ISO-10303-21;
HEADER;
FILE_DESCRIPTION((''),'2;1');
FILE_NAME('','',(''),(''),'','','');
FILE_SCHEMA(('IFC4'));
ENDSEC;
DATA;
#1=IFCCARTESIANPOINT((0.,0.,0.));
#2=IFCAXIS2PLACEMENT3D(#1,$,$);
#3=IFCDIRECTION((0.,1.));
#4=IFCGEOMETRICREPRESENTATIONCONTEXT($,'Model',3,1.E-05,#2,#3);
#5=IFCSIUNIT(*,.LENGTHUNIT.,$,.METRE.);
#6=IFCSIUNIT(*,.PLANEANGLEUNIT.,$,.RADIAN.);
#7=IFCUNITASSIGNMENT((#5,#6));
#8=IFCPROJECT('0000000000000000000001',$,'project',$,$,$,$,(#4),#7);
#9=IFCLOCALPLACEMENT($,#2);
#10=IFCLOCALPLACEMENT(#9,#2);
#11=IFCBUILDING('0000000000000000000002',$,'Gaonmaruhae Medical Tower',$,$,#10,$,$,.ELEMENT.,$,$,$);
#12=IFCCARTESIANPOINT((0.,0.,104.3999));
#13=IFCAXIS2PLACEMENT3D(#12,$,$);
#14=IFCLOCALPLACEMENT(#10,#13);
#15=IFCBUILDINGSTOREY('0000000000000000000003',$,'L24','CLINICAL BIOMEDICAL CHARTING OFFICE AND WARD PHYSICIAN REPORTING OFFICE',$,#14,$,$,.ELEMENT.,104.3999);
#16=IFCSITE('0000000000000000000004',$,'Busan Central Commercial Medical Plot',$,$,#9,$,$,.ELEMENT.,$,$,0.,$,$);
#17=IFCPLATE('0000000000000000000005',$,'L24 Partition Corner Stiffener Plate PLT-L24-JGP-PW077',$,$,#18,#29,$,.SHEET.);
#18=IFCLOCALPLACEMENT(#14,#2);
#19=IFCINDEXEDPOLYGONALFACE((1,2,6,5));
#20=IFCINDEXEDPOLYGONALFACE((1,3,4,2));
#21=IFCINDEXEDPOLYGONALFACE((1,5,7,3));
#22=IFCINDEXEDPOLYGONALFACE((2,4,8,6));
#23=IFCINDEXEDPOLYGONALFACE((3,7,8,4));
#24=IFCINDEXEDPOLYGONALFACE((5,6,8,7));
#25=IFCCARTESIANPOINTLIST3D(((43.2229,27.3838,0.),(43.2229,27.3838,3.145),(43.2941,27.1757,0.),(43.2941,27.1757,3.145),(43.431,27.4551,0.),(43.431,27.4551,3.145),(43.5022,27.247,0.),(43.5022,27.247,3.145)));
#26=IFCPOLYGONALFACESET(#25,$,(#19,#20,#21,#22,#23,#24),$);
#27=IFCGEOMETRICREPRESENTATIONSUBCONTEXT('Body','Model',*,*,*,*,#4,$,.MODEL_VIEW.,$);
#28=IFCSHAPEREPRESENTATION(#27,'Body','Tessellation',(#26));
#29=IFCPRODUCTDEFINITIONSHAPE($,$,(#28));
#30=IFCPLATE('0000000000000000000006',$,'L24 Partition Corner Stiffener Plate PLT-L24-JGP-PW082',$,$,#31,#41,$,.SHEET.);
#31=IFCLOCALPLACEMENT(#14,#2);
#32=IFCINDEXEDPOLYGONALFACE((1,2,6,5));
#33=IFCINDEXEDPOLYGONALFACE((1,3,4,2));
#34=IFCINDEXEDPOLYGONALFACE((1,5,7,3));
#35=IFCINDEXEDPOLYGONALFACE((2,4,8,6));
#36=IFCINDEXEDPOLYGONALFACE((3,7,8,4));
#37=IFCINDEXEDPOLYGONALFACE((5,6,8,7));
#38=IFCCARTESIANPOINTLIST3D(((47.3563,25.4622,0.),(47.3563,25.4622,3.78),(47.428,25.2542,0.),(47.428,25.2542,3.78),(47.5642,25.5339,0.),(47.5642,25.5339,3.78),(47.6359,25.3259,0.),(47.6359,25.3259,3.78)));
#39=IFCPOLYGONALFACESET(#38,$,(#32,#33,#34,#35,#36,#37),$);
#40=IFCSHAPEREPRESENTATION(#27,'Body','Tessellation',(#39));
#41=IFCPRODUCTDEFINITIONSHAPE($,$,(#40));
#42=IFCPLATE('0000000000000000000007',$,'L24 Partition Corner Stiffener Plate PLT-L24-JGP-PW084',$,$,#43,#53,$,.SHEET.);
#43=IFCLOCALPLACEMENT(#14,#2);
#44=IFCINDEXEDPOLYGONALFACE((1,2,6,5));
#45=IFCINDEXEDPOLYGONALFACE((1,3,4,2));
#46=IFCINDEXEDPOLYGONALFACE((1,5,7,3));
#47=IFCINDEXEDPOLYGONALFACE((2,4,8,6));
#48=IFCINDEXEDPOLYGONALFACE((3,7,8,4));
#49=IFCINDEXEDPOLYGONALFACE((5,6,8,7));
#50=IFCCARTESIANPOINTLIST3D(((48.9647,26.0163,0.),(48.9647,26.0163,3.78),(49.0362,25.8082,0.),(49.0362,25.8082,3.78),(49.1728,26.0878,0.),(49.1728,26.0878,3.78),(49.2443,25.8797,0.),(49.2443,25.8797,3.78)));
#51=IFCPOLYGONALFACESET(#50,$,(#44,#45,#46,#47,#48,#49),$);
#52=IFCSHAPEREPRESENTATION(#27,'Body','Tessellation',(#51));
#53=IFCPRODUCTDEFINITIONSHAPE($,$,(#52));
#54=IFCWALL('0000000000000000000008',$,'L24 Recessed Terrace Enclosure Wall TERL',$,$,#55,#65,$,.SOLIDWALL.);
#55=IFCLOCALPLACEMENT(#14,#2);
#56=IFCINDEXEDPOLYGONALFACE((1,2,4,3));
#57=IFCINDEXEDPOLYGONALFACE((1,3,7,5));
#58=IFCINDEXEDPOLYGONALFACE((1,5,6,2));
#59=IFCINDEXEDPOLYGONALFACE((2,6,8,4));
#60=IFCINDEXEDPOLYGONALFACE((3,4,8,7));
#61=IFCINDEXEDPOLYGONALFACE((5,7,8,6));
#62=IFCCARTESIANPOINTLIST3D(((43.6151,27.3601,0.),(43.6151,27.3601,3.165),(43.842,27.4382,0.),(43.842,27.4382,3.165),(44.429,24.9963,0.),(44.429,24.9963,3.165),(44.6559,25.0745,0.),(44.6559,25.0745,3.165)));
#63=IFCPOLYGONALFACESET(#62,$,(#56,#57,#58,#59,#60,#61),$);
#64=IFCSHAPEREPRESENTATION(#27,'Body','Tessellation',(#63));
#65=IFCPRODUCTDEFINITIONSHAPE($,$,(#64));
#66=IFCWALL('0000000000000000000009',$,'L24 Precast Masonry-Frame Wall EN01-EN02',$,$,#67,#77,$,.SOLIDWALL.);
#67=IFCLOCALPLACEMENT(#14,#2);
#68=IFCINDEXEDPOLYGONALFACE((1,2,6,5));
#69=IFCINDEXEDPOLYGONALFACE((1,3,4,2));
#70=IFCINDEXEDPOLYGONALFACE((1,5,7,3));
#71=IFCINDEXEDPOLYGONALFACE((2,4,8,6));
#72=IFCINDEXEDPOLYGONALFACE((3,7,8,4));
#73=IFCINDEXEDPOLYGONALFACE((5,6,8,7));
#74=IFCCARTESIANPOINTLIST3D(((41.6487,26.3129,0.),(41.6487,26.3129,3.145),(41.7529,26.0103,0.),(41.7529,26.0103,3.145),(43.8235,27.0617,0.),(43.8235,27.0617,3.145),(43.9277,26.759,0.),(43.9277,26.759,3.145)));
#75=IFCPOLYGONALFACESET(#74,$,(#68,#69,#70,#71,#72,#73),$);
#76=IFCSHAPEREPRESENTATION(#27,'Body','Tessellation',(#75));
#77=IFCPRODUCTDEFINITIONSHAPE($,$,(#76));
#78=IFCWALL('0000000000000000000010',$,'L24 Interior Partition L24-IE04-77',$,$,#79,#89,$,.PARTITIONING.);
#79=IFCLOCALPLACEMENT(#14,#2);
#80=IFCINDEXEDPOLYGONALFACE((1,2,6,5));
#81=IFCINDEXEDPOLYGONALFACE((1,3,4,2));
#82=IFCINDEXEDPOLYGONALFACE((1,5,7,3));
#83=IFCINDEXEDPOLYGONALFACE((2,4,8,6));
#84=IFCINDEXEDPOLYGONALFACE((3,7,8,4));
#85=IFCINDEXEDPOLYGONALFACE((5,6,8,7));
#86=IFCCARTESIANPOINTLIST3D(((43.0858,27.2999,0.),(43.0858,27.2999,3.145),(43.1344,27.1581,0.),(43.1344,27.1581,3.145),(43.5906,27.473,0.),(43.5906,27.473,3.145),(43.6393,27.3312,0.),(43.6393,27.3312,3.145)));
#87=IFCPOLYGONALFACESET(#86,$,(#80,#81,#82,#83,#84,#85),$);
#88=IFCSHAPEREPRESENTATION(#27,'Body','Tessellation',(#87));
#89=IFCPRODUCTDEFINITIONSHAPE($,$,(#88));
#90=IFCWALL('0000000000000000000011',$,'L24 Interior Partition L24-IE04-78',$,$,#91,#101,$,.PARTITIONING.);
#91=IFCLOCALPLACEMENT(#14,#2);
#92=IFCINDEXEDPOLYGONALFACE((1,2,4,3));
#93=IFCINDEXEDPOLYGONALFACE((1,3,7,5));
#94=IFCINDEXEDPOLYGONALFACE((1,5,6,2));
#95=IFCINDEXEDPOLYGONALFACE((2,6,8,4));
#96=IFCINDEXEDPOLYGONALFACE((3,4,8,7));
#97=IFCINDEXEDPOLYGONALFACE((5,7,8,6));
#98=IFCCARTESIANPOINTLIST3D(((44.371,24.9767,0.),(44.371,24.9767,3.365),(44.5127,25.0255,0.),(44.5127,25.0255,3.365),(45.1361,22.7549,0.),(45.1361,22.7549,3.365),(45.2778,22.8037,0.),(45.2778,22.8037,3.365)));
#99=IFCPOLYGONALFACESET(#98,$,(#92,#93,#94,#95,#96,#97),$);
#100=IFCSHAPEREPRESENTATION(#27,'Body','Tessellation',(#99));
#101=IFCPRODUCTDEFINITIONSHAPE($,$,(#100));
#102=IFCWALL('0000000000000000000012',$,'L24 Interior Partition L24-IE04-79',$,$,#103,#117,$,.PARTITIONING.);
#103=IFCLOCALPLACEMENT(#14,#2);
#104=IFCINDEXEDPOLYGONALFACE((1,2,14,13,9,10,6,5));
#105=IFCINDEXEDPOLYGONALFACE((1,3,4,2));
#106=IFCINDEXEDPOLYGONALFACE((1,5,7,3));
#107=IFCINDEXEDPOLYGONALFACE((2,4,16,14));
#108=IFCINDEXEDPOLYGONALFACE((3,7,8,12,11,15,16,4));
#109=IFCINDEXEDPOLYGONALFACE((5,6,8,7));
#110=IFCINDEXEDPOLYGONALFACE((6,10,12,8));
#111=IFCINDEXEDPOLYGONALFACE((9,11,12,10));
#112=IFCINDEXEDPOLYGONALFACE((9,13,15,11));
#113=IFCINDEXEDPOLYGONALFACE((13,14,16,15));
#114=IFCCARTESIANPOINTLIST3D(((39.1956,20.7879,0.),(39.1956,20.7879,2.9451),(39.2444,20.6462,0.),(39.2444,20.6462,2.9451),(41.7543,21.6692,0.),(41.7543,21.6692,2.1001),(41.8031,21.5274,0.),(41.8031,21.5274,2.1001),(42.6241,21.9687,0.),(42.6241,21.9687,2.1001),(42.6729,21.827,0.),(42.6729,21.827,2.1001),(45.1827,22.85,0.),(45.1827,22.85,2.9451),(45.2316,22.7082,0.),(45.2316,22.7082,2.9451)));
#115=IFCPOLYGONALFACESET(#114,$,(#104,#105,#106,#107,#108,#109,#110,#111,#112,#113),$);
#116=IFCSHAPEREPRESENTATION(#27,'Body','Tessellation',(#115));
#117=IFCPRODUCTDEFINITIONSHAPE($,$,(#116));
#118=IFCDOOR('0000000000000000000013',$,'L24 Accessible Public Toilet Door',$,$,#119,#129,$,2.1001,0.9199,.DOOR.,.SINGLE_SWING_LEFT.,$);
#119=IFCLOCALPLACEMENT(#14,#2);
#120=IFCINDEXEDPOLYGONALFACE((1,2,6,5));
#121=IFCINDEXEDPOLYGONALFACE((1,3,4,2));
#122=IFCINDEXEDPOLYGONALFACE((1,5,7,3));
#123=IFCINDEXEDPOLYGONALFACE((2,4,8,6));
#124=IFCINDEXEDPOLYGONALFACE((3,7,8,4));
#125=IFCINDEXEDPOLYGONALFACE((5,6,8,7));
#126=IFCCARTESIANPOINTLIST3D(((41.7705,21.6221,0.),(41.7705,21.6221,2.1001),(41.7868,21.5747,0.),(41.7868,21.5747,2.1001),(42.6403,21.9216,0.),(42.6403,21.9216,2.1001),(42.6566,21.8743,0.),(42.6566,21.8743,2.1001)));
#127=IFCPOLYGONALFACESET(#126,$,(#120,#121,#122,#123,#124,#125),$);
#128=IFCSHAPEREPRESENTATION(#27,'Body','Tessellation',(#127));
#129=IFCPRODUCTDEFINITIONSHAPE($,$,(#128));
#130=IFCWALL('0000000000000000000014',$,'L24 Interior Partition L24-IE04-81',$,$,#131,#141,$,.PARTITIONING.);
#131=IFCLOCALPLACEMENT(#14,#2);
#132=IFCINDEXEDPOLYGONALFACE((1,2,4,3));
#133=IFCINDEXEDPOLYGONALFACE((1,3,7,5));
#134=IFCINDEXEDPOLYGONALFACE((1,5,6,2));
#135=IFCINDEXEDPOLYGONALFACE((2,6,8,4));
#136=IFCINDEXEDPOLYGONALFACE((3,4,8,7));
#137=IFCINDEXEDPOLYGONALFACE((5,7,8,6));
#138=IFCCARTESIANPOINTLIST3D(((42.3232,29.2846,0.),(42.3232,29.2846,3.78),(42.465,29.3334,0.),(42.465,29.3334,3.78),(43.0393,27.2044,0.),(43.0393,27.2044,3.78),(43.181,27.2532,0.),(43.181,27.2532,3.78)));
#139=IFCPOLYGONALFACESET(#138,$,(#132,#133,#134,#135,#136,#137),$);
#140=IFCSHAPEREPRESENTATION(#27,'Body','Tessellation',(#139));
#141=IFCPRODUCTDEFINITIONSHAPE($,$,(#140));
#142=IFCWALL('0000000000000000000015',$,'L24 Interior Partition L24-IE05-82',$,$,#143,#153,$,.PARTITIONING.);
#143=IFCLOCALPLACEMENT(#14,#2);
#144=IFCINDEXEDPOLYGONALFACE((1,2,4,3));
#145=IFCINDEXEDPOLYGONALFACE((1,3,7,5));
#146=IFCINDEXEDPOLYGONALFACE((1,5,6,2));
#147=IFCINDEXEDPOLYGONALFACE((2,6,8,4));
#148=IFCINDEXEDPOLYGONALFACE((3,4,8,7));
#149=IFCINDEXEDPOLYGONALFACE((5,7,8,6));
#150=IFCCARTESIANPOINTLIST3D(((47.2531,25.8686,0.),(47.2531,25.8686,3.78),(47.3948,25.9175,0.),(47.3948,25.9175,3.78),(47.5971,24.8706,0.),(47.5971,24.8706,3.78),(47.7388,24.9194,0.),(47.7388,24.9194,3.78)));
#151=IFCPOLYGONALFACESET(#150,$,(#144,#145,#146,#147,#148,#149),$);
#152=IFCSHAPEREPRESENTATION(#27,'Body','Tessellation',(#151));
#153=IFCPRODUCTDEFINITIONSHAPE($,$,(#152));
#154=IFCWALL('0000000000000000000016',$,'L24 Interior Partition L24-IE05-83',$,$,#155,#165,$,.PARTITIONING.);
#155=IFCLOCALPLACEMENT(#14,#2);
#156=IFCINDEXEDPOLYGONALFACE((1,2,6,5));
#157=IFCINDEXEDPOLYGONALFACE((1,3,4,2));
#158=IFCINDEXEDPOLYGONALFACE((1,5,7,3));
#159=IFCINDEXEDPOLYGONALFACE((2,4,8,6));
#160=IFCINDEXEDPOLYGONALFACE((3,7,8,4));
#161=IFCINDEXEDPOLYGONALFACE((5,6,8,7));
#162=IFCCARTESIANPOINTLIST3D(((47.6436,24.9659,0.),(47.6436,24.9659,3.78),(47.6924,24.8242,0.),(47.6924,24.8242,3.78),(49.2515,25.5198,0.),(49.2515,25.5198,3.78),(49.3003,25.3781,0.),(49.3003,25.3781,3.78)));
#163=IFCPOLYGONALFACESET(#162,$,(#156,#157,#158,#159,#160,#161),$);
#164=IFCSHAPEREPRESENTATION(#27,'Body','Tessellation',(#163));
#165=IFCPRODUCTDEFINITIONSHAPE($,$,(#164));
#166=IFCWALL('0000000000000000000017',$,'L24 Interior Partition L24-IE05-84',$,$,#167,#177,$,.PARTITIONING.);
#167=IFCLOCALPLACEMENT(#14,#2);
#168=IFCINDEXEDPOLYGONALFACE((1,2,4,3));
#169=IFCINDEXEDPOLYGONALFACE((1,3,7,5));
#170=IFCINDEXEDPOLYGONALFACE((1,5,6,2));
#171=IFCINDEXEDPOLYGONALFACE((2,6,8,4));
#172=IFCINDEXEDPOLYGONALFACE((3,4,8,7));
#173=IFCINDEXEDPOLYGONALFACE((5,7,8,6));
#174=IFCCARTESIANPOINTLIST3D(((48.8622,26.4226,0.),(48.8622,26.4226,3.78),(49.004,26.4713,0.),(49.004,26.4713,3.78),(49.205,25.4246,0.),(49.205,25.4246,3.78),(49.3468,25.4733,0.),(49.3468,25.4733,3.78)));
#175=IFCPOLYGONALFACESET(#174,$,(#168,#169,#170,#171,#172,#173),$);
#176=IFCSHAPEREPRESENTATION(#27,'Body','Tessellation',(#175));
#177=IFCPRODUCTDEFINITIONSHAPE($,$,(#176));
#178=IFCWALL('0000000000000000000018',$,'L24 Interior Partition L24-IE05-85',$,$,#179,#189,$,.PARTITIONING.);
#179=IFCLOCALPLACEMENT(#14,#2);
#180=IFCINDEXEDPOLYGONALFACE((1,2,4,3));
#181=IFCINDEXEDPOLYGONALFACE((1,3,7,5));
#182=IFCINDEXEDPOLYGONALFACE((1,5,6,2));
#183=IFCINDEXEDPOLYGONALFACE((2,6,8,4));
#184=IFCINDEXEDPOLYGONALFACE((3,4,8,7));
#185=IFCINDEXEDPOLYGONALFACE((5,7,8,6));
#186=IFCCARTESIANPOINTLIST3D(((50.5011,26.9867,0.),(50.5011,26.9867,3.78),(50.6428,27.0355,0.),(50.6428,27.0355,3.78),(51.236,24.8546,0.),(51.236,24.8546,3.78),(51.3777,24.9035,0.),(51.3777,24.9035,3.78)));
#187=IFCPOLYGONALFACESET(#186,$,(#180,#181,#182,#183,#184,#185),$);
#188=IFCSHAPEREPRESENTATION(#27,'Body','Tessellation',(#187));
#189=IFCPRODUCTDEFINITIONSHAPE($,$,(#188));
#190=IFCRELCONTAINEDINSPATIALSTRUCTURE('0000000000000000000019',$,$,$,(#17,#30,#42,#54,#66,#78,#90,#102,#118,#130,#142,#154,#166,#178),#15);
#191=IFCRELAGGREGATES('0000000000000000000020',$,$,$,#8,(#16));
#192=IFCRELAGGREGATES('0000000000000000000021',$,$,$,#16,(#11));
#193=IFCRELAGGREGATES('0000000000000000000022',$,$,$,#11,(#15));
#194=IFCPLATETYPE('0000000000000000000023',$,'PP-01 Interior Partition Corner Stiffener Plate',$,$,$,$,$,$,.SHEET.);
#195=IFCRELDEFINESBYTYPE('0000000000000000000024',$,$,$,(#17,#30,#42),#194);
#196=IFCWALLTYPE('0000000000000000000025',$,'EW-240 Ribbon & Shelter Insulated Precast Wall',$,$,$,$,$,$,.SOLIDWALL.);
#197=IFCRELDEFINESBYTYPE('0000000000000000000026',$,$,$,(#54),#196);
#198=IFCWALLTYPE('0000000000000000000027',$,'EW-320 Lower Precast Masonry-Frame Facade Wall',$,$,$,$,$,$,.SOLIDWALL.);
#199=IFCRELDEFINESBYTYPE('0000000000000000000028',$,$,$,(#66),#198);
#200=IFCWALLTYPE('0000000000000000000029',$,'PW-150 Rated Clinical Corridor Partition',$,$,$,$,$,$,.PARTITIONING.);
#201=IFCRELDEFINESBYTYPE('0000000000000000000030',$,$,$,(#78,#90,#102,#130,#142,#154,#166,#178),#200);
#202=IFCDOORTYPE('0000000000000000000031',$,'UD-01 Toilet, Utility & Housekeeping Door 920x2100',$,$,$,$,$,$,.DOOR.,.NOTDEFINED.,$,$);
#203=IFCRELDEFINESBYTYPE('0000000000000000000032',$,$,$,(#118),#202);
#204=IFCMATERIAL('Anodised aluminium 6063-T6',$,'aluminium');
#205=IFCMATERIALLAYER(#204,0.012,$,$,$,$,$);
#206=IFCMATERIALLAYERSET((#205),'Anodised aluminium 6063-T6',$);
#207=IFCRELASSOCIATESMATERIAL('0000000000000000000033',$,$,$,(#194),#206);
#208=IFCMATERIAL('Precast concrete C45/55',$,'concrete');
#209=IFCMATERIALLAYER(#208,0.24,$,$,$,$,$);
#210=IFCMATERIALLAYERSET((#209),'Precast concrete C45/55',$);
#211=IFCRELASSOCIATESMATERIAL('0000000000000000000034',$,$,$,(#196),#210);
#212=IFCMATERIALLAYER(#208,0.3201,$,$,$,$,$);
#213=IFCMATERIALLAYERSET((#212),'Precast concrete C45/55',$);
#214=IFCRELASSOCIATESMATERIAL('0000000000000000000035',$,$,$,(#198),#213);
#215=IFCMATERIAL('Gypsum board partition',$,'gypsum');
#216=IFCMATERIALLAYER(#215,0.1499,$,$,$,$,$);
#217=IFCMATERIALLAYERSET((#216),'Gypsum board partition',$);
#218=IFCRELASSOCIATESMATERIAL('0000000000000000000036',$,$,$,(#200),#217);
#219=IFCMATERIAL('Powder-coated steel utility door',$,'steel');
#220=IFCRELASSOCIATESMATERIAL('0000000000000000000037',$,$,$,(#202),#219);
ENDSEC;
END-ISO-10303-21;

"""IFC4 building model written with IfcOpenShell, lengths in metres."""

from ifc_helpers import new_model, si_unit, direction, frame, frame_2d, origin, origin_2d, place, context, subcontext, project, spatial, rectangle, extrude, material, layer, layer_set, type_object, element, fill, save


model = new_model("IFC4")

# Units and contexts
model_context = context("Model", 3, precision=1e-05, world=origin(), true_north=direction((0.0, 1.0)))
body_context = subcontext(model_context, "Body", "Model", "MODEL_VIEW")
ifc_project = project(units=[si_unit("LENGTHUNIT", "METRE"), si_unit("PLANEANGLEUNIT", "RADIAN")], contexts=[model_context])

# Site, building, storey
site_placement = place(None, origin())
site = spatial("IfcSite", under=ifc_project, at=site_placement, Name="Busan Central Commercial Medical Plot", CompositionType="ELEMENT", RefElevation=0.0)
building_placement = place(site_placement, origin())
building = spatial("IfcBuilding", under=site, at=building_placement, Name="Gaonmaruhae Medical Tower", CompositionType="ELEMENT")
storey_placement = place(building_placement, frame((0.0, 0.0, 104.3999)))
storey = spatial("IfcBuildingStorey", under=building, at=storey_placement, Name="L24", Description="CLINICAL BIOMEDICAL CHARTING OFFICE AND WARD PHYSICIAN REPORTING OFFICE", CompositionType="ELEMENT", Elevation=104.3999)

# Plates
ifc_material_1 = material(Name="Anodised aluminium 6063-T6", Category="aluminium")
ifc_layer_1 = layer(ifc_material_1, 0.012)
ifc_layer_set_1 = layer_set([ifc_layer_1], Name="Anodised aluminium 6063-T6")
plate_type = type_object("IfcPlateType", Name="PP-01 Interior Partition Corner Stiffener Plate", PredefinedType="SHEET", material=ifc_layer_set_1)
plate_1_placement = place(storey_placement, frame((43.3625, 27.3154, 0.0), z_axis=(0.0, 0.0, 1.0), x_axis=(0.946029, 0.324083, 0.0)))
element("IfcPlate", 1, at=plate_1_placement, inside=storey, type_object=plate_type, Name="L24 Partition Corner Stiffener Plate PLT-L24-JGP-PW077", PredefinedType="SHEET", context=body_context, shape_type="SweptSolid", body=[
    extrude(rectangle(XDim=0.22, YDim=0.22, at=origin_2d()), origin(), (0.0, 0.0, 1.0), 3.145),
])
for number, where, z_axis, x_axis, name in (
    (2, (47.4961, 25.394, 0.0), (0.0, 0.0, 1.0), (0.325882, -0.945411, 0.0), "L24 Partition Corner Stiffener Plate PLT-L24-JGP-PW082"),
    (3, (49.1045, 25.948, 0.0), (0.0, 0.0, 1.0), (-0.325024, 0.945706, 0.0), "L24 Partition Corner Stiffener Plate PLT-L24-JGP-PW084"),
):
    element("IfcPlate", number, at=place(storey_placement, frame(where, z_axis=z_axis, x_axis=x_axis)), inside=storey, type_object=plate_type, Name=name, PredefinedType="SHEET", context=body_context, shape_type="SweptSolid", body=[
        extrude(rectangle(XDim=0.22, YDim=0.22, at=origin_2d()), origin(), (0.0, 0.0, 1.0), 3.78),
    ])

# Shared definitions
ifc_material_2 = material(Name="Precast concrete C45/55", Category="concrete")
ifc_layer_2 = layer(ifc_material_2, 0.24)
ifc_layer_set_2 = layer_set([ifc_layer_2], Name="Precast concrete C45/55")
wall_type_1 = type_object("IfcWallType", Name="EW-240 Ribbon & Shelter Insulated Precast Wall", PredefinedType="SOLIDWALL", material=ifc_layer_set_2)

# Walls
wall_1_placement = place(storey_placement, frame((43.7285, 27.3992, 0.0), z_axis=(0.0, 0.0, 1.0), x_axis=(0.325587, -0.945512, 0.0)))
element("IfcWall", 4, at=wall_1_placement, inside=storey, type_object=wall_type_1, Name="L24 Recessed Terrace Enclosure Wall TERL", PredefinedType="SOLIDWALL", context=body_context, shape_type="SweptSolid", body=[
    extrude(rectangle(XDim=2.5, YDim=0.24, at=frame_2d((1.25, 0.0))), origin(), (0.0, 0.0, 1.0), 3.165),
])
ifc_layer_3 = layer(ifc_material_2, 0.3201)
ifc_layer_set_3 = layer_set([ifc_layer_3], Name="Precast concrete C45/55")
wall_type_2 = type_object("IfcWallType", Name="EW-320 Lower Precast Masonry-Frame Facade Wall", PredefinedType="SOLIDWALL", material=ifc_layer_set_3)
wall_2_placement = place(storey_placement, frame((41.7009, 26.1616, 0.0), z_axis=(0.0, 0.0, 1.0), x_axis=(0.945527, 0.325542, 0.0)))
element("IfcWall", 5, at=wall_2_placement, inside=storey, type_object=wall_type_2, Name="L24 Precast Masonry-Frame Wall EN01-EN02", PredefinedType="SOLIDWALL", context=body_context, shape_type="SweptSolid", body=[
    extrude(rectangle(XDim=2.3, YDim=0.3201, at=frame_2d((1.1499, 0.0))), origin(), (0.0, 0.0, 1.0), 3.145),
])
ifc_material_3 = material(Name="Gypsum board partition", Category="gypsum")
ifc_layer_4 = layer(ifc_material_3, 0.1499)
ifc_layer_set_4 = layer_set([ifc_layer_4], Name="Gypsum board partition")
wall_type_3 = type_object("IfcWallType", Name="PW-150 Rated Clinical Corridor Partition", PredefinedType="PARTITIONING", material=ifc_layer_set_4)
wall_3_placement = place(storey_placement, frame((43.1101, 27.229, 0.0), z_axis=(0.0, 0.0, 1.0), x_axis=(0.94595, 0.324313, 0.0)))
element("IfcWall", 6, at=wall_3_placement, inside=storey, type_object=wall_type_3, Name="L24 Interior Partition L24-IE04-77", PredefinedType="PARTITIONING", context=body_context, shape_type="SweptSolid", body=[
    extrude(rectangle(XDim=0.5337, YDim=0.1499, at=frame_2d((0.2668, 0.0))), origin(), (0.0, 0.0, 1.0), 3.145),
])
wall_4_placement = place(storey_placement, frame((44.4419, 25.001, 0.0), z_axis=(0.0, 0.0, 1.0), x_axis=(0.325594, -0.94551, 0.0)))
element("IfcWall", 7, at=wall_4_placement, inside=storey, type_object=wall_type_3, Name="L24 Interior Partition L24-IE04-78", PredefinedType="PARTITIONING", context=body_context, shape_type="SweptSolid", body=[
    extrude(rectangle(XDim=2.3499, YDim=0.1499, at=frame_2d((1.1748, 0.0))), origin(), (0.0, 0.0, 1.0), 3.365),
])

# Wall, opening, door
wall_5_placement = place(storey_placement, frame((45.207, 22.7791, 0.0), z_axis=(0.0, 0.0, 1.0), x_axis=(-0.945494, -0.325639, 0.0)))
wall_5 = element("IfcWall", 8, at=wall_5_placement, inside=storey, type_object=wall_type_3, Name="L24 Interior Partition L24-IE04-79", PredefinedType="PARTITIONING", context=body_context, shape_type="SweptSolid", body=[
    extrude(rectangle(XDim=6.3323, YDim=0.1499, at=frame_2d((3.166, 0.0))), origin(), (0.0, 0.0, 1.0), 2.9451),
])
opening_1_placement = place(wall_5_placement, frame((2.7061, 0.0, 0.0)))
opening_1 = element("IfcOpeningElement", 9, at=opening_1_placement, cuts=wall_5, PredefinedType="OPENING", context=body_context, shape_type="SweptSolid", body=[
    extrude(rectangle(XDim=0.9199, YDim=2.1001, at=frame_2d((0.46, 1.05))), frame((0.0, 0.085, 0.0), z_axis=(0.0, -1.0, 0.0), x_axis=(1.0, 0.0, 0.0)), (0.0, 0.0, 1.0), 0.1699),
])
ifc_material_4 = material(Name="Powder-coated steel utility door", Category="steel")
door_type_1 = type_object("IfcDoorType", Name="UD-01 Toilet, Utility & Housekeeping Door 920x2100", OperationType="NOTDEFINED", PredefinedType="DOOR", material=ifc_material_4)
door_1_placement = place(opening_1_placement, origin())
door_1 = element("IfcDoor", 10, at=door_1_placement, inside=storey, type_object=door_type_1, Name="L24 Accessible Public Toilet Door", OperationType="SINGLE_SWING_LEFT", OverallHeight=2.1001, OverallWidth=0.9199, PredefinedType="DOOR", context=body_context, shape_type="SweptSolid", body=[
    extrude(rectangle(XDim=0.9199, YDim=2.1001, at=frame_2d((0.46, 1.05))), frame((0.0, 0.0249, 0.0), z_axis=(0.0, -1.0, 0.0), x_axis=(1.0, 0.0, 0.0)), (0.0, 0.0, 1.0), 0.05),
])
fill(opening_1, door_1)

# Walls
wall_6_placement = place(storey_placement, frame((42.394, 29.3091, 0.0), z_axis=(0.0, 0.0, 1.0), x_axis=(0.325502, -0.945542, 0.0)))
element("IfcWall", 11, at=wall_6_placement, inside=storey, type_object=wall_type_3, Name="L24 Interior Partition L24-IE04-81", PredefinedType="PARTITIONING", context=body_context, shape_type="SweptSolid", body=[
    extrude(rectangle(XDim=2.2, YDim=0.1499, at=frame_2d((1.1001, 0.0))), origin(), (0.0, 0.0, 1.0), 3.78),
])
wall_7_placement = place(storey_placement, frame((47.324, 25.8931, 0.0), z_axis=(0.0, 0.0, 1.0), x_axis=(0.325855, -0.94542, 0.0)))
element("IfcWall", 12, at=wall_7_placement, inside=storey, type_object=wall_type_3, Name="L24 Interior Partition L24-IE05-82", PredefinedType="PARTITIONING", context=body_context, shape_type="SweptSolid", body=[
    extrude(rectangle(XDim=1.0557, YDim=0.1499, at=frame_2d((0.5278, 0.0))), origin(), (0.0, 0.0, 1.0), 3.78),
])
wall_8_placement = place(storey_placement, frame((47.668, 24.895, 0.0), z_axis=(0.0, 0.0, 1.0), x_axis=(0.945463, 0.32573, 0.0)))
element("IfcWall", 13, at=wall_8_placement, inside=storey, type_object=wall_type_3, Name="L24 Interior Partition L24-IE05-83", PredefinedType="PARTITIONING", context=body_context, shape_type="SweptSolid", body=[
    extrude(rectangle(XDim=1.7007, YDim=0.1499, at=frame_2d((0.8503, 0.0))), origin(), (0.0, 0.0, 1.0), 3.78),
])
wall_9_placement = place(storey_placement, frame((49.2759, 25.449, 0.0), z_axis=(0.0, 0.0, 1.0), x_axis=(-0.324821, 0.945775, 0.0)))
element("IfcWall", 14, at=wall_9_placement, inside=storey, type_object=wall_type_3, Name="L24 Interior Partition L24-IE05-84", PredefinedType="PARTITIONING", context=body_context, shape_type="SweptSolid", body=[
    extrude(rectangle(XDim=1.0552, YDim=0.1499, at=frame_2d((0.5276, 0.0))), origin(), (0.0, 0.0, 1.0), 3.78),
])
wall_10_placement = place(storey_placement, frame((50.572, 27.011, 0.0), z_axis=(0.0, 0.0, 1.0), x_axis=(0.325857, -0.945419, 0.0)))
element("IfcWall", 15, at=wall_10_placement, inside=storey, type_object=wall_type_3, Name="L24 Interior Partition L24-IE05-85", PredefinedType="PARTITIONING", context=body_context, shape_type="SweptSolid", body=[
    extrude(rectangle(XDim=2.2551, YDim=0.1499, at=frame_2d((1.1274, 0.0))), origin(), (0.0, 0.0, 1.0), 3.78),
])

save(model, "model.ifc")
